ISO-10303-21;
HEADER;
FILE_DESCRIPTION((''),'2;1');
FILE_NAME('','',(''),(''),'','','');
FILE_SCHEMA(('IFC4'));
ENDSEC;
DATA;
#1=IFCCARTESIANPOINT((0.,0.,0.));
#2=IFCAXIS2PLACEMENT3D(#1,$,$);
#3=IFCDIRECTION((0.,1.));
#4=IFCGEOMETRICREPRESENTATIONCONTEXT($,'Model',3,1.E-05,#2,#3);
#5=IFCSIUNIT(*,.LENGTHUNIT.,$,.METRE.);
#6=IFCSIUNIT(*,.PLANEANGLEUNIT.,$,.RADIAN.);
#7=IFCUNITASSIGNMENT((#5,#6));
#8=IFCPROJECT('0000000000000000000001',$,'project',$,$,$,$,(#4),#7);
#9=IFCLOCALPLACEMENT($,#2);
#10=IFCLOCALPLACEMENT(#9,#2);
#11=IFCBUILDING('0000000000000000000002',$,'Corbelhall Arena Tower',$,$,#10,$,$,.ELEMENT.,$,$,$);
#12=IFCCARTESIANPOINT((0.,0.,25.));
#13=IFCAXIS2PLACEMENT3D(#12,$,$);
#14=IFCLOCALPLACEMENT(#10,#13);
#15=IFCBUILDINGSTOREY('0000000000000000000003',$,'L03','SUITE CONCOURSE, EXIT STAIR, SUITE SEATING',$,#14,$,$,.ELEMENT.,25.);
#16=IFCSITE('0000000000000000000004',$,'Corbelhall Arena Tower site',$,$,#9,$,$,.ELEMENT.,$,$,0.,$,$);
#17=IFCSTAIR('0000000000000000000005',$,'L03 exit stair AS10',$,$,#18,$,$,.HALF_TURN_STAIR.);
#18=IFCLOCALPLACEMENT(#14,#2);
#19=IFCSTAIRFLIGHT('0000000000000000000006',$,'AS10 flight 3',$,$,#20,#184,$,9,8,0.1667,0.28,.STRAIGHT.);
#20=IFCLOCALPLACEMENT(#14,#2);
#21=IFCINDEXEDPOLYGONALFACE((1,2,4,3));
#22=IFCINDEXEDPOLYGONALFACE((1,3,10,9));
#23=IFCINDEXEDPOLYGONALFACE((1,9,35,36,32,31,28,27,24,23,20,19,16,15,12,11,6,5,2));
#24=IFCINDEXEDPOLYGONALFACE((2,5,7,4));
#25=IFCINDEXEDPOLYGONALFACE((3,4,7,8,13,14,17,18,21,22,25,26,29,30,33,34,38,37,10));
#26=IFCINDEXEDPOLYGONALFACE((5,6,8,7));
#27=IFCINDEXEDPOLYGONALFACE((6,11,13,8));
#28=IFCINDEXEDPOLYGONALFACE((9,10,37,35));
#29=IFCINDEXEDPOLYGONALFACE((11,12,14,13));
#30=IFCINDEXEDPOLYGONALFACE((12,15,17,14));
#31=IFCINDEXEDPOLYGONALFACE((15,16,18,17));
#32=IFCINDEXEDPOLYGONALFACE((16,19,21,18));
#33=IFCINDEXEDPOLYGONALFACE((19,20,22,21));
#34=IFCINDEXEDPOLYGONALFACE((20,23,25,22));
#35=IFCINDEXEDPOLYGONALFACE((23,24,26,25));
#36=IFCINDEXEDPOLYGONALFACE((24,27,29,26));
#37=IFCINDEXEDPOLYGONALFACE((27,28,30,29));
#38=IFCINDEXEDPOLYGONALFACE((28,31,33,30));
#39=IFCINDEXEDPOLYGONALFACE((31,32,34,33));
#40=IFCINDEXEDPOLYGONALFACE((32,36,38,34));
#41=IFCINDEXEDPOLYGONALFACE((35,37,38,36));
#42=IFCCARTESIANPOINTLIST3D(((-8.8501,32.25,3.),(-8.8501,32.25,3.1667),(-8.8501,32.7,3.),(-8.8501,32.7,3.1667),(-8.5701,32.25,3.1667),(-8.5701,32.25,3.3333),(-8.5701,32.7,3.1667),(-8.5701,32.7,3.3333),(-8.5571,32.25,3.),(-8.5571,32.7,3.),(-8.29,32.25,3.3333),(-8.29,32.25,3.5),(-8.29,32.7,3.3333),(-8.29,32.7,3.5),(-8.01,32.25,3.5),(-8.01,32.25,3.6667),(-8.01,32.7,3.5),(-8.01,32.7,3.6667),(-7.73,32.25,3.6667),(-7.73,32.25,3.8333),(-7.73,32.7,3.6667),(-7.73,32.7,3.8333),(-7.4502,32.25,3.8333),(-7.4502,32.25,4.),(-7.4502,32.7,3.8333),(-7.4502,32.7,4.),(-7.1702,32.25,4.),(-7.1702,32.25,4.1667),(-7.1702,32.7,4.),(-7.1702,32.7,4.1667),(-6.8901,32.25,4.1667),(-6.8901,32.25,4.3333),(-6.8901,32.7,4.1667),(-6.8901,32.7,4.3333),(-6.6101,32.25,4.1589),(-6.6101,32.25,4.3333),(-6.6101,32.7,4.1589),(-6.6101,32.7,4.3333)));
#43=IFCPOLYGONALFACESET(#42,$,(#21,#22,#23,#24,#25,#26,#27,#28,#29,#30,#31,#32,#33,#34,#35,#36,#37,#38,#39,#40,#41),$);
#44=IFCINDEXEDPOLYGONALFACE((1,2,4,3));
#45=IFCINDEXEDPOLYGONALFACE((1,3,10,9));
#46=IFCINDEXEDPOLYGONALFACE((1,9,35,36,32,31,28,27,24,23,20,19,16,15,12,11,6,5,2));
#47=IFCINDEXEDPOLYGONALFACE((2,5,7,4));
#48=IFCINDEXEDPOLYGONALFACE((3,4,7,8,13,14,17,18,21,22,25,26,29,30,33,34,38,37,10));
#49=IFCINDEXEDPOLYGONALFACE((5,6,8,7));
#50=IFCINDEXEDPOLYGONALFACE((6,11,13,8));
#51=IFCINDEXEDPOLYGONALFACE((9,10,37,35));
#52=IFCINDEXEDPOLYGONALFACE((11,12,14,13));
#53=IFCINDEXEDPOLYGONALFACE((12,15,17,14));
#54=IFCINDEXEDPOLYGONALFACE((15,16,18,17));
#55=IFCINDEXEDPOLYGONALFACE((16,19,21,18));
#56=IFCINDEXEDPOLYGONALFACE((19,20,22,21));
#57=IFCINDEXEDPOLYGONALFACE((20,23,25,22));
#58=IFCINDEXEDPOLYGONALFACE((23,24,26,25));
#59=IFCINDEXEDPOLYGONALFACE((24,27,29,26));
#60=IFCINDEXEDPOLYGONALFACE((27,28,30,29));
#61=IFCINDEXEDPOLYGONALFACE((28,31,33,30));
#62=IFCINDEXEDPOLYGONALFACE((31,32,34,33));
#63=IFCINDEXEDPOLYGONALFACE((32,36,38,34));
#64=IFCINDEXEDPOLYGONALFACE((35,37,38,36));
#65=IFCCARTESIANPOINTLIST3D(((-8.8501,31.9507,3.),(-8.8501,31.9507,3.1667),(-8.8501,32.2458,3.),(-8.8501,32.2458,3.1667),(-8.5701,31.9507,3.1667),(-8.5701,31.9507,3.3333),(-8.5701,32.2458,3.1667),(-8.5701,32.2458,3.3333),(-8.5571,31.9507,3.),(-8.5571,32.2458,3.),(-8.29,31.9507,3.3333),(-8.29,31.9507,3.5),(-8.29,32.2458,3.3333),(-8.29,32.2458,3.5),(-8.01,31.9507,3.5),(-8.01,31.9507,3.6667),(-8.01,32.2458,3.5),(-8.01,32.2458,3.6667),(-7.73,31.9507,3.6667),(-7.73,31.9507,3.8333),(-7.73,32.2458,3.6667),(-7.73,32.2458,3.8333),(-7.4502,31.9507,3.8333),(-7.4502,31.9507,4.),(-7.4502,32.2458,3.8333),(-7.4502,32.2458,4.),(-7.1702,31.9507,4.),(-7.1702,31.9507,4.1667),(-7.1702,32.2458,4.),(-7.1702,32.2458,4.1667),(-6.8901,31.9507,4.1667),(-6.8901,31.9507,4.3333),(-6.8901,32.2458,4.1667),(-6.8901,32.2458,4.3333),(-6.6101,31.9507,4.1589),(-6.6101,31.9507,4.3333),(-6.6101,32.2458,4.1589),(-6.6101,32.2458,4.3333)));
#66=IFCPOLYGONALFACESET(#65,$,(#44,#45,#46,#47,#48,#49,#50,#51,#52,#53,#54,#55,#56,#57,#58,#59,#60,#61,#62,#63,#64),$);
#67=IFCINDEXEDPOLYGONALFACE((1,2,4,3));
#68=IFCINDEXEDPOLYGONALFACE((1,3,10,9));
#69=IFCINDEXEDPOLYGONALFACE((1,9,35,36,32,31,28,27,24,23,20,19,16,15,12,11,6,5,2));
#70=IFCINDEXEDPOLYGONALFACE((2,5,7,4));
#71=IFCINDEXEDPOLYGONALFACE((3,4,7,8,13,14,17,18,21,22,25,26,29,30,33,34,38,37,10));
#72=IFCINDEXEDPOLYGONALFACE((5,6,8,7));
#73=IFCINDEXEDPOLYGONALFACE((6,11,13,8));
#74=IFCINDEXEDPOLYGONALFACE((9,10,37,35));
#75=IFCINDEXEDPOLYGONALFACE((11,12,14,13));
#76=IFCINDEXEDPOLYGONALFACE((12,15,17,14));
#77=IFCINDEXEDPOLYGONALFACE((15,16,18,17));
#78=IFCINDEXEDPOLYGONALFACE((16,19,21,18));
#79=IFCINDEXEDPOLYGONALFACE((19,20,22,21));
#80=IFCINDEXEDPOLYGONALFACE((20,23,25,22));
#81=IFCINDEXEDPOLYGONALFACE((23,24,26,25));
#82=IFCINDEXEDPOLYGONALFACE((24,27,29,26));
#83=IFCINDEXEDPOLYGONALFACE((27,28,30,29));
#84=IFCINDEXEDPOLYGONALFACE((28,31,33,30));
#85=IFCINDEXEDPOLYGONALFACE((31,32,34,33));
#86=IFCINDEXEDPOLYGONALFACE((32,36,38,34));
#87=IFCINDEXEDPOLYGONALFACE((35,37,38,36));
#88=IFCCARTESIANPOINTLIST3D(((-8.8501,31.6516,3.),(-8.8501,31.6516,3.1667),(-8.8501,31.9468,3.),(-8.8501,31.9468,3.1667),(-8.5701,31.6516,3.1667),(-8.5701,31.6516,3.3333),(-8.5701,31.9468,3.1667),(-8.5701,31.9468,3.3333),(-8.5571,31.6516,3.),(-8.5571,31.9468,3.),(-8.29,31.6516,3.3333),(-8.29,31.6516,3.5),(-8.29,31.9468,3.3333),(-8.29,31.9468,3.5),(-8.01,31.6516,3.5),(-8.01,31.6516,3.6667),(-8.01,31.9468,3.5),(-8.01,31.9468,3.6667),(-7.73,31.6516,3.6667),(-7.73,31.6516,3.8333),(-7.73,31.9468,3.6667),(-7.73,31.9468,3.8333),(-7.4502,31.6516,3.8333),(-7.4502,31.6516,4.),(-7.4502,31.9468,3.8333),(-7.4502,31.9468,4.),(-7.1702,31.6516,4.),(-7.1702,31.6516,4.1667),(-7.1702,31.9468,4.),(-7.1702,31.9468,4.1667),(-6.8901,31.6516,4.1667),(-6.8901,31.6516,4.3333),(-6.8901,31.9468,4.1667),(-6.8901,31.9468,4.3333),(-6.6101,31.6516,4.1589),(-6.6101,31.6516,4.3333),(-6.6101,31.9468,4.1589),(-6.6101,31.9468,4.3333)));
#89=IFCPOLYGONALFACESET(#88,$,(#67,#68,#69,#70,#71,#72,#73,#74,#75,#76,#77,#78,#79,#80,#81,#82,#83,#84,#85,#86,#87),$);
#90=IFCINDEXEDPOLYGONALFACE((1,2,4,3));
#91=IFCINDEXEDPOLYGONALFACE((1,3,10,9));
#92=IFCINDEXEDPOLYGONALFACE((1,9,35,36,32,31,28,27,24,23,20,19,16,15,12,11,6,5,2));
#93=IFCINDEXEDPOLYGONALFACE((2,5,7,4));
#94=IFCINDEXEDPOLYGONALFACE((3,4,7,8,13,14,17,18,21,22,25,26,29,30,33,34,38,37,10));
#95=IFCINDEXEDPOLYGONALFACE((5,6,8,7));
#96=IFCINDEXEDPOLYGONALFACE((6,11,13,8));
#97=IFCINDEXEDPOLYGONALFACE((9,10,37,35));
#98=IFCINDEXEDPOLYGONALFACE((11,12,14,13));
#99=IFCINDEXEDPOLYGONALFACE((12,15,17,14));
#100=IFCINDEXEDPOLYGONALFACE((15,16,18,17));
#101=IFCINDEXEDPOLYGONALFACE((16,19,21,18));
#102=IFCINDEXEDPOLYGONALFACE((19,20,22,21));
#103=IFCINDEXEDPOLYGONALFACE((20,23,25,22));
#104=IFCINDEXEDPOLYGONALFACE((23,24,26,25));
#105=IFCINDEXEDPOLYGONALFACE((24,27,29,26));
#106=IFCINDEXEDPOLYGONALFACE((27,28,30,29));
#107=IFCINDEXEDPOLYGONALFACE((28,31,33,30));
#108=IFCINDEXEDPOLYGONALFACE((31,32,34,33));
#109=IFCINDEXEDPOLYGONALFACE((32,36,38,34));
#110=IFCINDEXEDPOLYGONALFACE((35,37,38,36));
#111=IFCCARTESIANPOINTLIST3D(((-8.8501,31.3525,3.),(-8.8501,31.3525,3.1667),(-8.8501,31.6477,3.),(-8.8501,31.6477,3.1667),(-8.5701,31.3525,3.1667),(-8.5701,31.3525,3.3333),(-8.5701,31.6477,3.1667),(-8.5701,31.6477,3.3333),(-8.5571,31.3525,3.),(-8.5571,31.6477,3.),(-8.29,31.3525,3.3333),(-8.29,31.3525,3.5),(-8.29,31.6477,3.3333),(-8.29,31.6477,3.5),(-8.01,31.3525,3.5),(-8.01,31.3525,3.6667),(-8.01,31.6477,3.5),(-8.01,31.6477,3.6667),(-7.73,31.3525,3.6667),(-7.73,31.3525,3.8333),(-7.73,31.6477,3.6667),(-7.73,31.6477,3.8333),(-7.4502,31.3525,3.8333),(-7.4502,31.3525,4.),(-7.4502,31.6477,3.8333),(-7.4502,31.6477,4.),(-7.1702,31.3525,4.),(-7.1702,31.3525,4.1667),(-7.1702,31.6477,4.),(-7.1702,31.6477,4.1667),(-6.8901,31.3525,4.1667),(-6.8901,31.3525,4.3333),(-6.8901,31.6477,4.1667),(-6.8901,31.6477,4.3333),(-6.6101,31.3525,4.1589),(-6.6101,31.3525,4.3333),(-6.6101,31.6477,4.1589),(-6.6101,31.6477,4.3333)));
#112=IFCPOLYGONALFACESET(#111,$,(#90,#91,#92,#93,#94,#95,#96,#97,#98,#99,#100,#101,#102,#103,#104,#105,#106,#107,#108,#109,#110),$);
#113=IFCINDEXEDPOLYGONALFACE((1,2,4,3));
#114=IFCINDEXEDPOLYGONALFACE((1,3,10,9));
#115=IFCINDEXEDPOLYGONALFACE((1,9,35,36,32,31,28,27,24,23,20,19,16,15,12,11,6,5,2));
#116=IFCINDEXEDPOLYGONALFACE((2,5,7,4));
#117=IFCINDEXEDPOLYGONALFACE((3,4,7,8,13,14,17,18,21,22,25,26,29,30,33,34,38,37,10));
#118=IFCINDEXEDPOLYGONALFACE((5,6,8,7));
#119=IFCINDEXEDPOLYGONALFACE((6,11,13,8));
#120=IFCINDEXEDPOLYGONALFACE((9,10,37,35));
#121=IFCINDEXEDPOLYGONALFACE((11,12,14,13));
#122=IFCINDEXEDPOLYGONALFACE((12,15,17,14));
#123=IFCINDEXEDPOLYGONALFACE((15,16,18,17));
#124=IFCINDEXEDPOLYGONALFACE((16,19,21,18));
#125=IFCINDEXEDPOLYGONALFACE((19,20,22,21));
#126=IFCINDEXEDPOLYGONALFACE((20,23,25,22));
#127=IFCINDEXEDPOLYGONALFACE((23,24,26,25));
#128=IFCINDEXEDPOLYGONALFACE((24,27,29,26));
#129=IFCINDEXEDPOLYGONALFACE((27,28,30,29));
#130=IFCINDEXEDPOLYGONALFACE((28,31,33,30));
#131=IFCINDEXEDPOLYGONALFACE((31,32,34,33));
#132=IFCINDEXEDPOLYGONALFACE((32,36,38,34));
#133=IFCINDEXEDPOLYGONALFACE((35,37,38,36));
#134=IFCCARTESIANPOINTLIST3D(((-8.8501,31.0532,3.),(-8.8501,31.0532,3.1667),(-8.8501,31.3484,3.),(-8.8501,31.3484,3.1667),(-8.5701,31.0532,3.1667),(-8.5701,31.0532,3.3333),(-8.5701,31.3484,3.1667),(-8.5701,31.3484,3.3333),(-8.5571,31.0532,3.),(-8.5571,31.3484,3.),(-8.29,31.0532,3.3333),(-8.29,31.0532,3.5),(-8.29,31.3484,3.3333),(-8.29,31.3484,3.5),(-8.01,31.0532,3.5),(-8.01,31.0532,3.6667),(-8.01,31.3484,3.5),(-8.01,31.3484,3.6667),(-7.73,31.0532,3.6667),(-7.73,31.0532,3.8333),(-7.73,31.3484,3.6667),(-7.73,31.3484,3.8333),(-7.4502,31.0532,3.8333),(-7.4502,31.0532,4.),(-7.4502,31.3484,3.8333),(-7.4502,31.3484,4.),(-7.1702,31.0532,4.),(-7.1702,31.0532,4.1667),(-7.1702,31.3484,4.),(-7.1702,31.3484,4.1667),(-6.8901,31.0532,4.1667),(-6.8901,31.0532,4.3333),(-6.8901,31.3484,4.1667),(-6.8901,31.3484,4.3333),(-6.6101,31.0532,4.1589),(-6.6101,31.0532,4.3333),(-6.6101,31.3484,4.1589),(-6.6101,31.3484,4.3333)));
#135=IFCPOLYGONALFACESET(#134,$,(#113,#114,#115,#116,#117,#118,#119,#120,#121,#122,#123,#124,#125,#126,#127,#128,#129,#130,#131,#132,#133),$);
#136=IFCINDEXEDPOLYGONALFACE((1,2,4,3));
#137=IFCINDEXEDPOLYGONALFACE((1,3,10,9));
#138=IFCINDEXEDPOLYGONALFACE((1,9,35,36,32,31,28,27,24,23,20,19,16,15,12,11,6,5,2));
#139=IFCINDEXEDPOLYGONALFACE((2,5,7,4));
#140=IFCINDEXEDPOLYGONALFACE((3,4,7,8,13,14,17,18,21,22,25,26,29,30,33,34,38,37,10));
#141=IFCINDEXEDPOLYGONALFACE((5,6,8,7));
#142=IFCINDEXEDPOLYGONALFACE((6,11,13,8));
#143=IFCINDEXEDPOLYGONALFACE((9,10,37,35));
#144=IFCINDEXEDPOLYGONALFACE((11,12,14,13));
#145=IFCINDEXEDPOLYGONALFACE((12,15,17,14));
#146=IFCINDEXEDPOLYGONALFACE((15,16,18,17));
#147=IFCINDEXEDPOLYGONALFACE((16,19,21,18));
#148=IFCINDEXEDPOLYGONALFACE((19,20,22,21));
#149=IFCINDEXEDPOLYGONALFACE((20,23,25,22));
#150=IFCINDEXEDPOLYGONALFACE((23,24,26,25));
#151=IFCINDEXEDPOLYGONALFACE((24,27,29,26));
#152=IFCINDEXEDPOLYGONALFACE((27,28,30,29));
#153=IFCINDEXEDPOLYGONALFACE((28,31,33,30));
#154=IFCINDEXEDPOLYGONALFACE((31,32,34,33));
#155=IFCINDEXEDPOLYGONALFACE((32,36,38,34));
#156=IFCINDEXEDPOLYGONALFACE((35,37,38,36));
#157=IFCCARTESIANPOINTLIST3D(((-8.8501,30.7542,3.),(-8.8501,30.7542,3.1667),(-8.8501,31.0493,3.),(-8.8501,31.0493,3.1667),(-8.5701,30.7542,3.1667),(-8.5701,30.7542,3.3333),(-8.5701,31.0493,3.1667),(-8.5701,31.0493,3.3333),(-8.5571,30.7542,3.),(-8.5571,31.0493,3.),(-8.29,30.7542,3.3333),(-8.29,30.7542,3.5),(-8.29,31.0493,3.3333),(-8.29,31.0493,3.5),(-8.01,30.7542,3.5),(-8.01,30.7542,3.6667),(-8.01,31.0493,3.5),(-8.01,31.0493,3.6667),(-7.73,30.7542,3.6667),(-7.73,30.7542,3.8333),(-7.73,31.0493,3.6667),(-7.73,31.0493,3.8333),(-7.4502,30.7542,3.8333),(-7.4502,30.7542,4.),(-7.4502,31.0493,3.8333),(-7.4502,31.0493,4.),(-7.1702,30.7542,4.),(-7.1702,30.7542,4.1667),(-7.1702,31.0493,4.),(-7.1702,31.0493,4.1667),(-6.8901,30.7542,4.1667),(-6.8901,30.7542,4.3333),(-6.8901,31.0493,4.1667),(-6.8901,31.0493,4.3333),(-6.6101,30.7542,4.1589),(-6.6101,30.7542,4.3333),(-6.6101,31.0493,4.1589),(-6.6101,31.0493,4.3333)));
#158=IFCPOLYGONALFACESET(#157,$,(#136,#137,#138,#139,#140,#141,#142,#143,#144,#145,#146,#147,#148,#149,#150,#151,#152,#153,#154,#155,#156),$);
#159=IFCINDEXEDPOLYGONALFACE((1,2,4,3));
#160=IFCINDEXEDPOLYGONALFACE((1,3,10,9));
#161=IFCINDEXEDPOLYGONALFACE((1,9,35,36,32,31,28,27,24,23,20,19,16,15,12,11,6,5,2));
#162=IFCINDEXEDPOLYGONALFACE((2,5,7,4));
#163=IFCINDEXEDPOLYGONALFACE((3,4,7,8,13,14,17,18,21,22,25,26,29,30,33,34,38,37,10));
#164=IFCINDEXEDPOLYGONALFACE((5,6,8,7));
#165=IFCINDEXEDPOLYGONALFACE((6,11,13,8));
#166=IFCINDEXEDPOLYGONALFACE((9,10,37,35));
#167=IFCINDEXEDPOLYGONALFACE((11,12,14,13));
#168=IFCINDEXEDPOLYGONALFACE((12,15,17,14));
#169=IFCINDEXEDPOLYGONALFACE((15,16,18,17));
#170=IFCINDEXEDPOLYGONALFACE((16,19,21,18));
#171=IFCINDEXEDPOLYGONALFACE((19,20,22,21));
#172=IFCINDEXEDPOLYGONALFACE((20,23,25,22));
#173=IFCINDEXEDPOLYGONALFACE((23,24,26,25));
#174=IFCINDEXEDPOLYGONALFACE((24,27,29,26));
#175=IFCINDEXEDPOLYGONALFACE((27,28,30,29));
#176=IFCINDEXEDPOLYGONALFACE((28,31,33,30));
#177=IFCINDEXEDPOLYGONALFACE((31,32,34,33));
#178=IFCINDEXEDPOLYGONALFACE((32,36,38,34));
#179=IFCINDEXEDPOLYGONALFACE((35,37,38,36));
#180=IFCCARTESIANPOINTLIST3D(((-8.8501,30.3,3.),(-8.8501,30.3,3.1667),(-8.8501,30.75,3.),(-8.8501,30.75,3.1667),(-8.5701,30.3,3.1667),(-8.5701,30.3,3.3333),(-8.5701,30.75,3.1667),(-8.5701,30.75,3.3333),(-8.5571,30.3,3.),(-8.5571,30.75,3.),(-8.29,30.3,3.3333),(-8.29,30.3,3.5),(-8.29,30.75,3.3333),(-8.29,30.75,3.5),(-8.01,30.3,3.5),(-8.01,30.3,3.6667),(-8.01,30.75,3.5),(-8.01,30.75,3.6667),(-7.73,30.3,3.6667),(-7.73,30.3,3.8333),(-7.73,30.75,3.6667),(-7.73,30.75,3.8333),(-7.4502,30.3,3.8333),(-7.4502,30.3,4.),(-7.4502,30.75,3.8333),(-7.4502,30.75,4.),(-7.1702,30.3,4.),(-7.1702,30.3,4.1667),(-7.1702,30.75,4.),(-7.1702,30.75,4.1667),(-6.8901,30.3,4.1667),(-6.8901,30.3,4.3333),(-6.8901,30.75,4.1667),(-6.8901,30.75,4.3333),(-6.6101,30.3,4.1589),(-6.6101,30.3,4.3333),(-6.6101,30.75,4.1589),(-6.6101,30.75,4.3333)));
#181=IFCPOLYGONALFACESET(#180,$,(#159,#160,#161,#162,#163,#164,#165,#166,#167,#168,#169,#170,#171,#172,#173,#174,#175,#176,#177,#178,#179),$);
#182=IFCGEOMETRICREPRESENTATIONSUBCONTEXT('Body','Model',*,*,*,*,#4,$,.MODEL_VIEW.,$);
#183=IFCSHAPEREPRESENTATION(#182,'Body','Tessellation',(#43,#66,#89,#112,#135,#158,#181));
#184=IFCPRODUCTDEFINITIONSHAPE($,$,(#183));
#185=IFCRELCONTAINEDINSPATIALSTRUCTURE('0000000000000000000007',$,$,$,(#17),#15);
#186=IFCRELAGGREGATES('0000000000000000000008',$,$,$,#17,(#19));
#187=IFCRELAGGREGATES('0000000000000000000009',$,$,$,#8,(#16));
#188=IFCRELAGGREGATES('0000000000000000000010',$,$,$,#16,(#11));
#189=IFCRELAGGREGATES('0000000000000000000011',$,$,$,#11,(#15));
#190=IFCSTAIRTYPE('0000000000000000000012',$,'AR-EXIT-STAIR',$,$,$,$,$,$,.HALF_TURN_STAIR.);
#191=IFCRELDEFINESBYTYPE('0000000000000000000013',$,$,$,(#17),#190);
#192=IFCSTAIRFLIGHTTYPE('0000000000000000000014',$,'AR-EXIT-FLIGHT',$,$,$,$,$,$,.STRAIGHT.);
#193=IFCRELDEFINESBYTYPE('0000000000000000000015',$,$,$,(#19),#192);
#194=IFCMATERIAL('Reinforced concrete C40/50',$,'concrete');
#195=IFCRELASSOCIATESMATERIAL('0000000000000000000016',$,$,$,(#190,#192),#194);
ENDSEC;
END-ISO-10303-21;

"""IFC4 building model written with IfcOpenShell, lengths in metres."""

from ifc_helpers import new_model, si_unit, direction, frame, origin, place, context, subcontext, project, spatial, polyline, outline, extrude, material, type_object, element, aggregate, save


model = new_model("IFC4")

# Units and contexts
model_context = context("Model", 3, precision=1e-05, world=origin(), true_north=direction((0.0, 1.0)))
body_context = subcontext(model_context, "Body", "Model", "MODEL_VIEW")
ifc_project = project(units=[si_unit("LENGTHUNIT", "METRE"), si_unit("PLANEANGLEUNIT", "RADIAN")], contexts=[model_context])

# Site, building, storey
site_placement = place(None, origin())
site = spatial("IfcSite", under=ifc_project, at=site_placement, Name="Corbelhall Arena Tower site", CompositionType="ELEMENT", RefElevation=0.0)
building_placement = place(site_placement, origin())
building = spatial("IfcBuilding", under=site, at=building_placement, Name="Corbelhall Arena Tower", CompositionType="ELEMENT")
storey_placement = place(building_placement, frame((0.0, 0.0, 25.0)))
storey = spatial("IfcBuildingStorey", under=building, at=storey_placement, Name="L03", Description="SUITE CONCOURSE, EXIT STAIR, SUITE SEATING", CompositionType="ELEMENT", Elevation=25.0)

# Shared definitions
ifc_material_1 = material(Name="Reinforced concrete C40/50", Category="concrete")

# Stair, stair flight
stair_type = type_object("IfcStairType", Name="AR-EXIT-STAIR", PredefinedType="HALF_TURN_STAIR", material=ifc_material_1)
stair_placement = place(storey_placement, origin())
stair = element("IfcStair", 1, at=stair_placement, inside=storey, type_object=stair_type, Name="L03 exit stair AS10", PredefinedType="HALF_TURN_STAIR")
stair_flight_type = type_object("IfcStairFlightType", Name="AR-EXIT-FLIGHT", PredefinedType="STRAIGHT", material=ifc_material_1)
stair_flight_1_placement = place(storey_placement, frame((-8.8501, 31.5, 3.0), z_axis=(0.0, 0.0, 1.0), x_axis=(1.0, 0.0, 0.0)))
stair_flight_1 = element("IfcStairFlight", 2, at=stair_flight_1_placement, type_object=stair_flight_type, Name="AS10 flight 3", NumberOfRisers=9, NumberOfTreads=8, PredefinedType="STRAIGHT", RiserHeight=0.1667, TreadLength=0.28, context=body_context, shape_type="SweptSolid", body=[
    extrude(outline(polyline([(0.0, 0.0), (0.0, 0.1667), (0.28, 0.1667), (0.28, 0.3333), (0.5601, 0.3333), (0.5601, 0.5), (0.8401, 0.5), (0.8401, 0.6667), (1.1201, 0.6667), (1.1201, 0.8333), (1.3999, 0.8333), (1.3999, 1.0), (1.6799, 1.0), (1.6799, 1.1667), (1.96, 1.1667), (1.96, 1.3333), (2.24, 1.3333), (2.24, 1.5), (2.24, 1.1589), (0.293, 0.0), (0.0, 0.0)])), frame((0.0, 1.2, 0.0), z_axis=(0.0, -1.0, 0.0), x_axis=(1.0, 0.0, 0.0)), (0.0, 0.0, 1.0), 0.45),
    extrude(outline(polyline([(0.0, 0.0), (0.0, 0.1667), (0.28, 0.1667), (0.28, 0.3333), (0.5601, 0.3333), (0.5601, 0.5), (0.8401, 0.5), (0.8401, 0.6667), (1.1201, 0.6667), (1.1201, 0.8333), (1.3999, 0.8333), (1.3999, 1.0), (1.6799, 1.0), (1.6799, 1.1667), (1.96, 1.1667), (1.96, 1.3333), (2.24, 1.3333), (2.24, 1.5), (2.24, 1.1589), (0.293, 0.0), (0.0, 0.0)])), frame((0.0, 0.7458, 0.0), z_axis=(0.0, -1.0, 0.0), x_axis=(1.0, 0.0, 0.0)), (0.0, 0.0, 1.0), 0.2952),
    extrude(outline(polyline([(0.0, 0.0), (0.0, 0.1667), (0.28, 0.1667), (0.28, 0.3333), (0.5601, 0.3333), (0.5601, 0.5), (0.8401, 0.5), (0.8401, 0.6667), (1.1201, 0.6667), (1.1201, 0.8333), (1.3999, 0.8333), (1.3999, 1.0), (1.6799, 1.0), (1.6799, 1.1667), (1.96, 1.1667), (1.96, 1.3333), (2.24, 1.3333), (2.24, 1.5), (2.24, 1.1589), (0.293, 0.0), (0.0, 0.0)])), frame((0.0, 0.4468, 0.0), z_axis=(0.0, -1.0, 0.0), x_axis=(1.0, 0.0, 0.0)), (0.0, 0.0, 1.0), 0.2952),
    extrude(outline(polyline([(0.0, 0.0), (0.0, 0.1667), (0.28, 0.1667), (0.28, 0.3333), (0.5601, 0.3333), (0.5601, 0.5), (0.8401, 0.5), (0.8401, 0.6667), (1.1201, 0.6667), (1.1201, 0.8333), (1.3999, 0.8333), (1.3999, 1.0), (1.6799, 1.0), (1.6799, 1.1667), (1.96, 1.1667), (1.96, 1.3333), (2.24, 1.3333), (2.24, 1.5), (2.24, 1.1589), (0.293, 0.0), (0.0, 0.0)])), frame((0.0, 0.1477, 0.0), z_axis=(0.0, -1.0, 0.0), x_axis=(1.0, 0.0, 0.0)), (0.0, 0.0, 1.0), 0.2952),
    extrude(outline(polyline([(0.0, 0.0), (0.0, 0.1667), (0.28, 0.1667), (0.28, 0.3333), (0.5601, 0.3333), (0.5601, 0.5), (0.8401, 0.5), (0.8401, 0.6667), (1.1201, 0.6667), (1.1201, 0.8333), (1.3999, 0.8333), (1.3999, 1.0), (1.6799, 1.0), (1.6799, 1.1667), (1.96, 1.1667), (1.96, 1.3333), (2.24, 1.3333), (2.24, 1.5), (2.24, 1.1589), (0.293, 0.0), (0.0, 0.0)])), frame((0.0, -0.1516, 0.0), z_axis=(0.0, -1.0, 0.0), x_axis=(1.0, 0.0, 0.0)), (0.0, 0.0, 1.0), 0.2952),
    extrude(outline(polyline([(0.0, 0.0), (0.0, 0.1667), (0.28, 0.1667), (0.28, 0.3333), (0.5601, 0.3333), (0.5601, 0.5), (0.8401, 0.5), (0.8401, 0.6667), (1.1201, 0.6667), (1.1201, 0.8333), (1.3999, 0.8333), (1.3999, 1.0), (1.6799, 1.0), (1.6799, 1.1667), (1.96, 1.1667), (1.96, 1.3333), (2.24, 1.3333), (2.24, 1.5), (2.24, 1.1589), (0.293, 0.0), (0.0, 0.0)])), frame((0.0, -0.4507, 0.0), z_axis=(0.0, -1.0, 0.0), x_axis=(1.0, 0.0, 0.0)), (0.0, 0.0, 1.0), 0.2952),
    extrude(outline(polyline([(0.0, 0.0), (0.0, 0.1667), (0.28, 0.1667), (0.28, 0.3333), (0.5601, 0.3333), (0.5601, 0.5), (0.8401, 0.5), (0.8401, 0.6667), (1.1201, 0.6667), (1.1201, 0.8333), (1.3999, 0.8333), (1.3999, 1.0), (1.6799, 1.0), (1.6799, 1.1667), (1.96, 1.1667), (1.96, 1.3333), (2.24, 1.3333), (2.24, 1.5), (2.24, 1.1589), (0.293, 0.0), (0.0, 0.0)])), frame((0.0, -0.75, 0.0), z_axis=(0.0, -1.0, 0.0), x_axis=(1.0, 0.0, 0.0)), (0.0, 0.0, 1.0), 0.45),
])
aggregate(stair, [stair_flight_1])

save(model, "model.ifc")
